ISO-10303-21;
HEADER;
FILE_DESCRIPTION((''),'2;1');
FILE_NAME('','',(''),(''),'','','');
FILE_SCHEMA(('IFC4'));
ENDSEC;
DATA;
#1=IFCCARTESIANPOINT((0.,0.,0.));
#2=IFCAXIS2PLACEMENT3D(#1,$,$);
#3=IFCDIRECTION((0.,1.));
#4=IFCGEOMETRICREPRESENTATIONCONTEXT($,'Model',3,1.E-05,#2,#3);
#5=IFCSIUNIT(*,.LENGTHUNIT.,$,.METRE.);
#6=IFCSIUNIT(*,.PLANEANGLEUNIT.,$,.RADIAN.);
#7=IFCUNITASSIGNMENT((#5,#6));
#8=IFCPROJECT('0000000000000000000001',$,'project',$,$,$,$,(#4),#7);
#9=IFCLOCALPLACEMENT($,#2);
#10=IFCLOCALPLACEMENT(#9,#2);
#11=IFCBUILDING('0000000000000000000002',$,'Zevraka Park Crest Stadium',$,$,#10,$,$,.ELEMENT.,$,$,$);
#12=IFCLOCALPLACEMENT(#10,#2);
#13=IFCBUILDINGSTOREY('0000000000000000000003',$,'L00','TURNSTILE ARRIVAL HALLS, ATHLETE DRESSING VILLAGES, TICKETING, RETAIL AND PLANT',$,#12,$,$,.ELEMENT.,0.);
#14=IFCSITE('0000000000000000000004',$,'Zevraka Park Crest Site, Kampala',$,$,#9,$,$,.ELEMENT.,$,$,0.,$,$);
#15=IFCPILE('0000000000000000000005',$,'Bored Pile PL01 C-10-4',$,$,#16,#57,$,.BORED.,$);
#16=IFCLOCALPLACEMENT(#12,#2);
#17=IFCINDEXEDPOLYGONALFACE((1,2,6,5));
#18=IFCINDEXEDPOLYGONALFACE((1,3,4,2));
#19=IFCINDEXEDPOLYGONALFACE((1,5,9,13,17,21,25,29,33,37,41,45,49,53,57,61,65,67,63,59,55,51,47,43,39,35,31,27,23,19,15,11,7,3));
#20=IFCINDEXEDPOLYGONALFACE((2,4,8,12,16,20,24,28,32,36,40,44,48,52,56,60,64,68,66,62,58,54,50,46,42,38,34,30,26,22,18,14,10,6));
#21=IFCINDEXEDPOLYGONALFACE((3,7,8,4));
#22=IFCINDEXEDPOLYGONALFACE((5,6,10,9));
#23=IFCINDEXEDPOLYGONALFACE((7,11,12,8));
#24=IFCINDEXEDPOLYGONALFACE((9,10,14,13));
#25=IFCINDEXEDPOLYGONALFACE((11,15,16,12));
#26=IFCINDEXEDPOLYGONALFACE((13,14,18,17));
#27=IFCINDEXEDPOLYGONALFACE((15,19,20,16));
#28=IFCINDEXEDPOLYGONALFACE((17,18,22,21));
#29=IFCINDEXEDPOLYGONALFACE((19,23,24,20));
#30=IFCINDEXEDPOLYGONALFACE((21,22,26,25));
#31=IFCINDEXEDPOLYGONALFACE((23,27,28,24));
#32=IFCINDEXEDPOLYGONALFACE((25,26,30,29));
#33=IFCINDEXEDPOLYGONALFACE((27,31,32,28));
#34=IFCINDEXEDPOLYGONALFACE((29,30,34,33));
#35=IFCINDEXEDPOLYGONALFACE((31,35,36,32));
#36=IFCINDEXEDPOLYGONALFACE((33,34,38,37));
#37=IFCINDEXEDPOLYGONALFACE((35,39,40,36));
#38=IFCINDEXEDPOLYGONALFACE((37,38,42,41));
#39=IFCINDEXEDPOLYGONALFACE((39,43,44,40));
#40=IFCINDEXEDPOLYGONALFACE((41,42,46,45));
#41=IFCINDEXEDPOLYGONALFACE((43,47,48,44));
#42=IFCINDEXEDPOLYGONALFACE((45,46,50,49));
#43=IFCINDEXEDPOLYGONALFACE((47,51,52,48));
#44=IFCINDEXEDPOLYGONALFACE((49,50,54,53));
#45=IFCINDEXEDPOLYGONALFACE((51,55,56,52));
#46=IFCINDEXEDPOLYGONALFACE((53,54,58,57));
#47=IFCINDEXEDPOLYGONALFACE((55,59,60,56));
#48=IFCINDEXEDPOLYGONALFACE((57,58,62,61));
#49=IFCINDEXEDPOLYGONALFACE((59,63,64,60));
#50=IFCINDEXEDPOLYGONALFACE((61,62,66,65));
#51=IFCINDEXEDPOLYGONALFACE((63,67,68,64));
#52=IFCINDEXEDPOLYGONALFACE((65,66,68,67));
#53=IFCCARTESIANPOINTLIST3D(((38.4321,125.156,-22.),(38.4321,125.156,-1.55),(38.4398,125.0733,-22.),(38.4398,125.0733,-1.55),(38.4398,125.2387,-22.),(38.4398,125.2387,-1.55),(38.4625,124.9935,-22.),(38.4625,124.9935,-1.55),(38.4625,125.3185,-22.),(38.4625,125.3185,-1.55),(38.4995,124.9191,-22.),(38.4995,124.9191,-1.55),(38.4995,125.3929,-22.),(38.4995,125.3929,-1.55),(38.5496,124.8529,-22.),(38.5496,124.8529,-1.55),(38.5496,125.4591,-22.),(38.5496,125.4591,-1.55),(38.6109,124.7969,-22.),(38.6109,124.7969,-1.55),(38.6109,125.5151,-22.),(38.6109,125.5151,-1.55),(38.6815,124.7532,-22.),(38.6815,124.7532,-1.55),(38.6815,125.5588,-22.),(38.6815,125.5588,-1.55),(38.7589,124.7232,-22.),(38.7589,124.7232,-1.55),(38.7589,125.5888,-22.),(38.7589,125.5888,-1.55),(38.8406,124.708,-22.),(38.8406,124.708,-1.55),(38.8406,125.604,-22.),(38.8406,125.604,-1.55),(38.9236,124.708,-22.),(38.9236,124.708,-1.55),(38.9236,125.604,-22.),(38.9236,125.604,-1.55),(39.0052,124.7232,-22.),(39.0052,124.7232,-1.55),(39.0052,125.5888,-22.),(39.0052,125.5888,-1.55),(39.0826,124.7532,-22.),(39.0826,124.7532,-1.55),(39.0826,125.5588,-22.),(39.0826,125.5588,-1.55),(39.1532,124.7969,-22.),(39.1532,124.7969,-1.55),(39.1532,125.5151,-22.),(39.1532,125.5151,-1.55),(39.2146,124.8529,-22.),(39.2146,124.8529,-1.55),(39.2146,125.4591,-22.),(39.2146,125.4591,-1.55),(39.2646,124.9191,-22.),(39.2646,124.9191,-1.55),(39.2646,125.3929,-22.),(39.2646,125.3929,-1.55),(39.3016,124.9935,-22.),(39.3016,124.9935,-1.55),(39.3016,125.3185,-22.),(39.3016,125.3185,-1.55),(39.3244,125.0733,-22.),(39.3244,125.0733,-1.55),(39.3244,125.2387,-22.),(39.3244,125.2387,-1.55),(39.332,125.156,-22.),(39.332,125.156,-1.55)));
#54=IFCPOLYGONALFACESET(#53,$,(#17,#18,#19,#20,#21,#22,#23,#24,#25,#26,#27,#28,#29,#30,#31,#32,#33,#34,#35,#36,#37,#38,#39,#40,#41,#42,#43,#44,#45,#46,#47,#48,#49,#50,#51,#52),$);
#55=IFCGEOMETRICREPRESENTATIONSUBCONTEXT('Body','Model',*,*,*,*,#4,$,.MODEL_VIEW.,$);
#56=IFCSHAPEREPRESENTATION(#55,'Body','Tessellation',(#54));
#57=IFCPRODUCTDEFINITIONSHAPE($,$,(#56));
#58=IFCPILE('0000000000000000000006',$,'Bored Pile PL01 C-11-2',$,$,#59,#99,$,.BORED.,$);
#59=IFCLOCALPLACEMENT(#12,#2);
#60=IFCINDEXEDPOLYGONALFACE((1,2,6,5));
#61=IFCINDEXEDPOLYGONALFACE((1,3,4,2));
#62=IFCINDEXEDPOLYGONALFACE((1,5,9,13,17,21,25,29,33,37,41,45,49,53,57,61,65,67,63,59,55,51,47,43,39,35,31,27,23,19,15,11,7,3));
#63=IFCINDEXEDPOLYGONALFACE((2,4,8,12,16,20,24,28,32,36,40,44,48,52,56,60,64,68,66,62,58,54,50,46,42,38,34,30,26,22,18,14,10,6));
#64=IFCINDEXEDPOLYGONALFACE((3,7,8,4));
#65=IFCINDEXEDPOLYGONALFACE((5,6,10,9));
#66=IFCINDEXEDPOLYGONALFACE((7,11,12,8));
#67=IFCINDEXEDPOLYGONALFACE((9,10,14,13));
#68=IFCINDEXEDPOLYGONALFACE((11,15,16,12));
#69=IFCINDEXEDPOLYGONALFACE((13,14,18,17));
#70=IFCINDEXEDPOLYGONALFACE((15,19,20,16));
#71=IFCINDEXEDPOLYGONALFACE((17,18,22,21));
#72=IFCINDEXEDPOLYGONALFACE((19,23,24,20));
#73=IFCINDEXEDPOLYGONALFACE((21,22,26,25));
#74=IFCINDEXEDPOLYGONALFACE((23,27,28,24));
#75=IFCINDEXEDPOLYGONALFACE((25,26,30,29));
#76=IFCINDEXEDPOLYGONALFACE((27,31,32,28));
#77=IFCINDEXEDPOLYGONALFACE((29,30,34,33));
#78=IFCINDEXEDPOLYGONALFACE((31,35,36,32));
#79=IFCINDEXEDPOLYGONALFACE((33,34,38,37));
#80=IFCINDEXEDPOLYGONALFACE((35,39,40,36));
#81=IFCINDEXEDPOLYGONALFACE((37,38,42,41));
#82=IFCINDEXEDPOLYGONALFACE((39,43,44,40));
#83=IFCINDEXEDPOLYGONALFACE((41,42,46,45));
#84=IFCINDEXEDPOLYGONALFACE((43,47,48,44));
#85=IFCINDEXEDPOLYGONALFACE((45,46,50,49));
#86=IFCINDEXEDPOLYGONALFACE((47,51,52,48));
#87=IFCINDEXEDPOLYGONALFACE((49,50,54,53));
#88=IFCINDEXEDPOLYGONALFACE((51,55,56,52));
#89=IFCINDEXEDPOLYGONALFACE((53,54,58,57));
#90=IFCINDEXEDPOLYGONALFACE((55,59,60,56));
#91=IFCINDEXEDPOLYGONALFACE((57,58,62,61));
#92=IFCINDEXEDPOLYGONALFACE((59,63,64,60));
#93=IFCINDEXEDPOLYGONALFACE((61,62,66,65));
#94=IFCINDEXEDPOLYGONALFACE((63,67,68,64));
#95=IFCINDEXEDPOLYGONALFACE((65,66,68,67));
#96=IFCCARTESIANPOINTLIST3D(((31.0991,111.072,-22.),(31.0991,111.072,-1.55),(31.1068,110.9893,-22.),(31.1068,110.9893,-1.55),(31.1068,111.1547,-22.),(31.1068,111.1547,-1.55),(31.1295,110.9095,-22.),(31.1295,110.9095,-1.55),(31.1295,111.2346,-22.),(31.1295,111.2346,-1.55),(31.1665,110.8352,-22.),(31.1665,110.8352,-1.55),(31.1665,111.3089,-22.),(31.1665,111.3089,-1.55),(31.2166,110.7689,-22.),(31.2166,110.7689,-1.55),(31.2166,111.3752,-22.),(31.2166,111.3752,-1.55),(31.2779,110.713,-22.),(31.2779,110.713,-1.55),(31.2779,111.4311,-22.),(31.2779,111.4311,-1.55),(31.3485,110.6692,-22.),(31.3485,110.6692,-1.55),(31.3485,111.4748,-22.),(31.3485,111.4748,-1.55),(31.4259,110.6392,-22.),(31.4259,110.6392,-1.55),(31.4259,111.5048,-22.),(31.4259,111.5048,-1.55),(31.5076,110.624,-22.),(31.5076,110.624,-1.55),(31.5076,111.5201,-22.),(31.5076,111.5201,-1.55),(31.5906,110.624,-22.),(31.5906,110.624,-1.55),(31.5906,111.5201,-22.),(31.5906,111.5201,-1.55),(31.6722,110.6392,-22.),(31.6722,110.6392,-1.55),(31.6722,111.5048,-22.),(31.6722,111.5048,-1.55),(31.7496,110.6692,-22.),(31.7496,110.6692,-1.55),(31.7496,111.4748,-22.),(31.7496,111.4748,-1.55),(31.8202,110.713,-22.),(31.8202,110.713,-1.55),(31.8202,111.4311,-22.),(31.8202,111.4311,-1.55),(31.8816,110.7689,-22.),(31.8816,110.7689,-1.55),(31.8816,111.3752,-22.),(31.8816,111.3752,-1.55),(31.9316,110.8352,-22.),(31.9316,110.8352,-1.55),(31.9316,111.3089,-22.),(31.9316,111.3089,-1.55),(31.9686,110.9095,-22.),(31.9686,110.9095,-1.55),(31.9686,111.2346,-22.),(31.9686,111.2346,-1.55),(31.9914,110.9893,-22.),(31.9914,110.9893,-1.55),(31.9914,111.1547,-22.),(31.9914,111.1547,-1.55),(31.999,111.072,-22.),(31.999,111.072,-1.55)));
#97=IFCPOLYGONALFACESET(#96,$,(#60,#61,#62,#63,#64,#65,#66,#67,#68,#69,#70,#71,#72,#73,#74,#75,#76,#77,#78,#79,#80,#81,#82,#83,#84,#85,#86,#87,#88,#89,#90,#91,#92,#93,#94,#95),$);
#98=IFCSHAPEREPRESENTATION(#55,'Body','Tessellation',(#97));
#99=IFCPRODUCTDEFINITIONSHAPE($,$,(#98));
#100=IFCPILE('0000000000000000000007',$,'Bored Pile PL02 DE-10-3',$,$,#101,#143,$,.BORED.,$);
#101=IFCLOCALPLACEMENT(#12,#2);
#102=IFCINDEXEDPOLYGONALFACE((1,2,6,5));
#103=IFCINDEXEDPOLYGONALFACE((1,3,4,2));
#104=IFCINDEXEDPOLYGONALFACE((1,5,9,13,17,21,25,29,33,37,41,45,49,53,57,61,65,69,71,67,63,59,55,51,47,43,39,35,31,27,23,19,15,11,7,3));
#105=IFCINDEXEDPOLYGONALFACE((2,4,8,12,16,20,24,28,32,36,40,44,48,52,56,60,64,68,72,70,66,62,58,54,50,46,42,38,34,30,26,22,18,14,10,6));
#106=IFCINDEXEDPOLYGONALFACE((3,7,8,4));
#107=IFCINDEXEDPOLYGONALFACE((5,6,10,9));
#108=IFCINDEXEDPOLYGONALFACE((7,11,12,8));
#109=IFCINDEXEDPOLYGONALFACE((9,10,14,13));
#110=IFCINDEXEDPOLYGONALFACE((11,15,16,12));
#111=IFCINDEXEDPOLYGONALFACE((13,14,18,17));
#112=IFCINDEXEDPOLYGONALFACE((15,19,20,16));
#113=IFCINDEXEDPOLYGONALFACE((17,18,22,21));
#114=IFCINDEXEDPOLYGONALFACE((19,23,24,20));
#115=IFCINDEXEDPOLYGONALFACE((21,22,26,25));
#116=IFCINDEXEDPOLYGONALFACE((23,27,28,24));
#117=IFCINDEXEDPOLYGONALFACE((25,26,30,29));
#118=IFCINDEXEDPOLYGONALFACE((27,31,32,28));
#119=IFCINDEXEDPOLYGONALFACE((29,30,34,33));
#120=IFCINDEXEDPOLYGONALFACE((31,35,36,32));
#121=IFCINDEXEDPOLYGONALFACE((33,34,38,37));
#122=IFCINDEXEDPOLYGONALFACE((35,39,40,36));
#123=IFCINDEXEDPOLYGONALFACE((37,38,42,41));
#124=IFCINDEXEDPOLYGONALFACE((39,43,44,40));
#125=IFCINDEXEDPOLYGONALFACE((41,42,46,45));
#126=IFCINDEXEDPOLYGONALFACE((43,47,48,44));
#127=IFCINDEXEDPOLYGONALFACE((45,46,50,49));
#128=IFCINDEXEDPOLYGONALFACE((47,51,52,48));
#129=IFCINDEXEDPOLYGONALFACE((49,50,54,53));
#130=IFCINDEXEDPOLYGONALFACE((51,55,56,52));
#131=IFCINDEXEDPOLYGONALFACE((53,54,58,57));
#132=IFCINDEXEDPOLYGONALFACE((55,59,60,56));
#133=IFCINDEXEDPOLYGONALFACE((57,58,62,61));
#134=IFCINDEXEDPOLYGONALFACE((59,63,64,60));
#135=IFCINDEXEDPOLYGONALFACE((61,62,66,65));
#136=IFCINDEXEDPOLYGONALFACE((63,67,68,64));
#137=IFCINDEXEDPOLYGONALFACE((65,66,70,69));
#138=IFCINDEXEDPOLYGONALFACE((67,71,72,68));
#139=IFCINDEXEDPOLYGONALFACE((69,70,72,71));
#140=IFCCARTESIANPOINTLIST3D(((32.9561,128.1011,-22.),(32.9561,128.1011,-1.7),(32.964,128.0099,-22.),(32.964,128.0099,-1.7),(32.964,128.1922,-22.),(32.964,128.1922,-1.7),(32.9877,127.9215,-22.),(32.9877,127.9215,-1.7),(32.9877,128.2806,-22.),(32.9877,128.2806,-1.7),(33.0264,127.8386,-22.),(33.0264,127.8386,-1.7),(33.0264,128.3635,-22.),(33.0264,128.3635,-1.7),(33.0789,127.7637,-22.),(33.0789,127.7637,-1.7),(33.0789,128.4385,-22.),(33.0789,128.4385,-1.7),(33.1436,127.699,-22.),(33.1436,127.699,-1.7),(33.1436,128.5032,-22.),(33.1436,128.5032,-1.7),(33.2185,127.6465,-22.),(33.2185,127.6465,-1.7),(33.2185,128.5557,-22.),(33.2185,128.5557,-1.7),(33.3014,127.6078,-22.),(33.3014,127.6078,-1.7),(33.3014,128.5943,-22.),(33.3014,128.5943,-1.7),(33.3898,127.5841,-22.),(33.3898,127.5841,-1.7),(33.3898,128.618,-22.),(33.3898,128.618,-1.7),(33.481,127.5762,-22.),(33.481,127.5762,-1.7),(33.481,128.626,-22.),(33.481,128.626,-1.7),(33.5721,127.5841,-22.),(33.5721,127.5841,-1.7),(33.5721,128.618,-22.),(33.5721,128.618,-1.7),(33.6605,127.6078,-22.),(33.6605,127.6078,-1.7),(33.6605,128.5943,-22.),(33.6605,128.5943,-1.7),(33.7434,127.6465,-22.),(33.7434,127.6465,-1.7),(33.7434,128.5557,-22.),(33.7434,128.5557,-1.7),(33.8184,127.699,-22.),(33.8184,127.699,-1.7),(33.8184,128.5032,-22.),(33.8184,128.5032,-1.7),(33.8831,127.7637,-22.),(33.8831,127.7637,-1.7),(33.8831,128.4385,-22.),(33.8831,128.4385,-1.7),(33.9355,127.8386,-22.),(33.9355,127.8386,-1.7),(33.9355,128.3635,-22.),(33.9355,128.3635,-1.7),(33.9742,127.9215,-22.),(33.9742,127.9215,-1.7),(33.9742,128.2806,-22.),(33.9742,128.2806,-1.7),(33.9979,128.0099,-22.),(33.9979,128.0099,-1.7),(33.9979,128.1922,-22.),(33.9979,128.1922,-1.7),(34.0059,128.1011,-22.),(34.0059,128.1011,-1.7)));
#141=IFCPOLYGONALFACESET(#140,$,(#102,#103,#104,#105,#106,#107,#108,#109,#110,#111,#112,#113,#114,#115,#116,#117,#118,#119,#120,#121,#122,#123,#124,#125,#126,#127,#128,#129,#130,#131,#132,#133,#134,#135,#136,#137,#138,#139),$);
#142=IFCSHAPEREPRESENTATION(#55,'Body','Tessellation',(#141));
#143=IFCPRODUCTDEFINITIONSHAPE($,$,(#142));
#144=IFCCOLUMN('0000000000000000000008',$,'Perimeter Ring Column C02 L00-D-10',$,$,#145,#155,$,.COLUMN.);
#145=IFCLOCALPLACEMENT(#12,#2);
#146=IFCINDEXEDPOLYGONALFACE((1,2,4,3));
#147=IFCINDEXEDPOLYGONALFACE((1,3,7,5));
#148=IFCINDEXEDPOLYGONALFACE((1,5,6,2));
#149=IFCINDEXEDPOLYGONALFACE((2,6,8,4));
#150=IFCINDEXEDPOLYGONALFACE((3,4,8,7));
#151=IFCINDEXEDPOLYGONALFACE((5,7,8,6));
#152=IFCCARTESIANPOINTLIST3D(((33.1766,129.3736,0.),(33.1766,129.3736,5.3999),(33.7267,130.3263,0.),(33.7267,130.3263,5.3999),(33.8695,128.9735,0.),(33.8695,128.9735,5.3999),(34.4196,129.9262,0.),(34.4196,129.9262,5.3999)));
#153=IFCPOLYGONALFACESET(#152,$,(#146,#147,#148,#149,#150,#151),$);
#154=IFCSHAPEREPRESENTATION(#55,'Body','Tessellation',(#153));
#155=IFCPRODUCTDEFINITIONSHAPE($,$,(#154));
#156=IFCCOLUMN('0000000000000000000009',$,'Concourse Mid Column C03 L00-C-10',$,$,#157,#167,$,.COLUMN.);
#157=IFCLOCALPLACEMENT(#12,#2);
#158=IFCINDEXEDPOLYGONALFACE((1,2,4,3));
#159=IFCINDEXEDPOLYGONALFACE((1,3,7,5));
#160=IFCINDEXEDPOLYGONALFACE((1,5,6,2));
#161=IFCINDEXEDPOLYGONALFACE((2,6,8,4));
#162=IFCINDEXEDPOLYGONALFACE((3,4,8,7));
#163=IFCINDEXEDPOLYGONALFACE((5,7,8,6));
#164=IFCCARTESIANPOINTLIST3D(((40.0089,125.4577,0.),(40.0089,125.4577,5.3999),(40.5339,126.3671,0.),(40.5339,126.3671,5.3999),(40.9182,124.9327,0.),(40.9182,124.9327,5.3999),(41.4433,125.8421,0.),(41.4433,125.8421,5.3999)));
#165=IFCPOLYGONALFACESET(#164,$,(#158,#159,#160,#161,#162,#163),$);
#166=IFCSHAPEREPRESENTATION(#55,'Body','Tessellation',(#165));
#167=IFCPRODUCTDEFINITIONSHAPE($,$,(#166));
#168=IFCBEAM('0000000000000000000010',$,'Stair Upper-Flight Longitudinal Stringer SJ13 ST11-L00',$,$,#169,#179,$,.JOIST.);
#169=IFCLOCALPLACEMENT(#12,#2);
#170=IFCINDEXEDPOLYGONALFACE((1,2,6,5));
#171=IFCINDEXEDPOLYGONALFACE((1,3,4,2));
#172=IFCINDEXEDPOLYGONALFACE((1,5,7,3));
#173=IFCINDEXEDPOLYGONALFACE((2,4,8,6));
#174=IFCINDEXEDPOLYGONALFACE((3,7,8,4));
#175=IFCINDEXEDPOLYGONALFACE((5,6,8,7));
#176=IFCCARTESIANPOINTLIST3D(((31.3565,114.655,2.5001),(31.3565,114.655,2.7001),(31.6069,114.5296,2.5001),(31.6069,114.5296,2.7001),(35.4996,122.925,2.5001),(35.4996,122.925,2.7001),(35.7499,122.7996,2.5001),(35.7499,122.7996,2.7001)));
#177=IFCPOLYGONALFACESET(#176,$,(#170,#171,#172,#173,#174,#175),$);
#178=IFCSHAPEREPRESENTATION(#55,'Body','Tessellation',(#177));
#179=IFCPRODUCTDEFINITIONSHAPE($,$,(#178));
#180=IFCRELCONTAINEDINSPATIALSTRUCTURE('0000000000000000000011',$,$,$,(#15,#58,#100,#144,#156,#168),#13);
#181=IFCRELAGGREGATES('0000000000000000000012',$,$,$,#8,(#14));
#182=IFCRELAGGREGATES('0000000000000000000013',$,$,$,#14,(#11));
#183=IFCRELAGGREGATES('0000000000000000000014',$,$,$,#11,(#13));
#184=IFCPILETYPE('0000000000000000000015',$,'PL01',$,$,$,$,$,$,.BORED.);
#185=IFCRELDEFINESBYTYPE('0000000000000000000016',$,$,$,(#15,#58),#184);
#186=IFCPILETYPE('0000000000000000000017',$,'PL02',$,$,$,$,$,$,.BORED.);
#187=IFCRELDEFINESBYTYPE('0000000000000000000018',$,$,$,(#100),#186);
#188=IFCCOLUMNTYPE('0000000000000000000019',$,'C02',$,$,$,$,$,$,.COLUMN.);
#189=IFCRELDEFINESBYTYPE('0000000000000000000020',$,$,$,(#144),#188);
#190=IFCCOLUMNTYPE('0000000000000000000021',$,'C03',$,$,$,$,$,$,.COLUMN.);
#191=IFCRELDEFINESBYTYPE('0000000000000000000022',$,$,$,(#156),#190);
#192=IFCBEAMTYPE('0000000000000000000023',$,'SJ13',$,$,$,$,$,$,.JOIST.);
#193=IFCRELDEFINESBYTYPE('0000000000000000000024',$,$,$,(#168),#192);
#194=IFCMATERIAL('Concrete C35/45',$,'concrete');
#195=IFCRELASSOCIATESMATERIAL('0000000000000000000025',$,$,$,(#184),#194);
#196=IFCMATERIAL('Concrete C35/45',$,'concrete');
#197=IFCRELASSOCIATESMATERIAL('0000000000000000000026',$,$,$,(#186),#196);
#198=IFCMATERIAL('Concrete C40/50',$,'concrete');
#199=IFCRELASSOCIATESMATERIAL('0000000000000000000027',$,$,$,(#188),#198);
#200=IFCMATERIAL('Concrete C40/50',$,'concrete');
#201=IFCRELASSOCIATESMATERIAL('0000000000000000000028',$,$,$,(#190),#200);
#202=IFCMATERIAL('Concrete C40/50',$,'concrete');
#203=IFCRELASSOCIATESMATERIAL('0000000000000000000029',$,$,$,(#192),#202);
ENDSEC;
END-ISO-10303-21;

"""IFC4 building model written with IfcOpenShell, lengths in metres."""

from ifc_helpers import new_model, si_unit, direction, frame, origin, origin_2d, place, context, subcontext, project, spatial, rectangle, circle, extrude, material, material_profile, profile_set, type_object, element, save


model = new_model("IFC4")

# Units and contexts
model_context = context("Model", 3, precision=1e-05, world=origin(), true_north=direction((0.0, 1.0)))
body_context = subcontext(model_context, "Body", "Model", "MODEL_VIEW")
ifc_project = project(units=[si_unit("LENGTHUNIT", "METRE"), si_unit("PLANEANGLEUNIT", "RADIAN")], contexts=[model_context])

# Site, building, storey
site_placement = place(None, origin())
site = spatial("IfcSite", under=ifc_project, at=site_placement, Name="Zevraka Park Crest Site, Kampala", CompositionType="ELEMENT", RefElevation=0.0)
building_placement = place(site_placement, origin())
building = spatial("IfcBuilding", under=site, at=building_placement, Name="Zevraka Park Crest Stadium", CompositionType="ELEMENT")
storey_placement = place(building_placement, origin())
storey = spatial("IfcBuildingStorey", under=building, at=storey_placement, Name="L00", Description="TURNSTILE ARRIVAL HALLS, ATHLETE DRESSING VILLAGES, TICKETING, RETAIL AND PLANT", CompositionType="ELEMENT", Elevation=0.0)

# Piles
ifc_material_1 = material(Name="Concrete C35/45", Category="concrete")
ifc_material_profile_1 = material_profile(ifc_material_1, circle(Radius=0.45, at=origin_2d()), Name="PILE D900")
ifc_profile_set_1 = profile_set([ifc_material_profile_1], Name="Concrete C35/45")
pile_type_1 = type_object("IfcPileType", Name="PL01", PredefinedType="BORED", material=ifc_profile_set_1)
for number, where, z_axis, x_axis, name in (
    (1, (38.8821, 125.156, -1.55), (0.0, 0.0, -1.0), (1.0, 0.0, 0.0), "Bored Pile PL01 C-10-4"),
    (2, (31.5491, 111.072, -1.55), (0.0, 0.0, -1.0), (1.0, 0.0, 0.0), "Bored Pile PL01 C-11-2"),
):
    element("IfcPile", number, at=place(storey_placement, frame(where, z_axis=z_axis, x_axis=x_axis)), inside=storey, type_object=pile_type_1, Name=name, PredefinedType="BORED", context=body_context, shape_type="SweptSolid", body=[
        extrude(circle(Radius=0.45, at=origin_2d()), origin(), (0.0, 0.0, 1.0), 20.45),
    ])
ifc_material_2 = material(Name="Concrete C35/45", Category="concrete")
ifc_material_profile_2 = material_profile(ifc_material_2, circle(Radius=0.5249, at=origin_2d()), Name="PILE D1050")
ifc_profile_set_2 = profile_set([ifc_material_profile_2], Name="Concrete C35/45")
pile_type_2 = type_object("IfcPileType", Name="PL02", PredefinedType="BORED", material=ifc_profile_set_2)
pile_placement = place(storey_placement, frame((33.481, 128.1011, -1.7), z_axis=(0.0, 0.0, -1.0), x_axis=(1.0, 0.0, 0.0)))
element("IfcPile", 3, at=pile_placement, inside=storey, type_object=pile_type_2, Name="Bored Pile PL02 DE-10-3", PredefinedType="BORED", context=body_context, shape_type="SweptSolid", body=[
    extrude(circle(Radius=0.5249, at=origin_2d()), origin(), (0.0, 0.0, 1.0), 20.3),
])

# Columns
ifc_material_3 = material(Name="Concrete C40/50", Category="concrete")
ifc_material_profile_3 = material_profile(ifc_material_3, rectangle(XDim=0.8, YDim=1.1001, at=origin_2d()), Name="RC 1100x800")
ifc_profile_set_3 = profile_set([ifc_material_profile_3], Name="Concrete C40/50")
column_type_1 = type_object("IfcColumnType", Name="C02", PredefinedType="COLUMN", material=ifc_profile_set_3)
column_1_placement = place(storey_placement, frame((33.7981, 129.6499, 0.0), z_axis=(0.0, 0.0, 1.0), x_axis=(-0.866025, 0.5, 0.0)))
element("IfcColumn", 4, at=column_1_placement, inside=storey, type_object=column_type_1, Name="Perimeter Ring Column C02 L00-D-10", PredefinedType="COLUMN", context=body_context, shape_type="SweptSolid", body=[
    extrude(rectangle(XDim=0.8, YDim=1.1001, at=origin_2d()), origin(), (0.0, 0.0, 1.0), 5.3999),
])
ifc_material_4 = material(Name="Concrete C40/50", Category="concrete")
ifc_material_profile_4 = material_profile(ifc_material_4, rectangle(XDim=1.05, YDim=1.05, at=origin_2d()), Name="RC 1050x1050")
ifc_profile_set_4 = profile_set([ifc_material_profile_4], Name="Concrete C40/50")
column_type_2 = type_object("IfcColumnType", Name="C03", PredefinedType="COLUMN", material=ifc_profile_set_4)
column_2_placement = place(storey_placement, frame((40.7261, 125.6499, 0.0), z_axis=(0.0, 0.0, 1.0), x_axis=(-0.866025, 0.5, 0.0)))
element("IfcColumn", 5, at=column_2_placement, inside=storey, type_object=column_type_2, Name="Concourse Mid Column C03 L00-C-10", PredefinedType="COLUMN", context=body_context, shape_type="SweptSolid", body=[
    extrude(rectangle(XDim=1.05, YDim=1.05, at=origin_2d()), origin(), (0.0, 0.0, 1.0), 5.3999),
])

# Beam
ifc_material_5 = material(Name="Concrete C40/50", Category="concrete")
ifc_material_profile_5 = material_profile(ifc_material_5, rectangle(XDim=0.28, YDim=0.2, at=origin_2d()), Name="RC 200x280")
ifc_profile_set_5 = profile_set([ifc_material_profile_5], Name="Concrete C40/50")
beam_type = type_object("IfcBeamType", Name="SJ13", PredefinedType="JOIST", material=ifc_profile_set_5)
beam_placement = place(storey_placement, frame((35.6248, 122.8623, 2.6001), z_axis=(-0.44791, -0.894079, 0.0), x_axis=(0.894079, -0.44791, 0.0)))
element("IfcBeam", 6, at=beam_placement, inside=storey, type_object=beam_type, Name="Stair Upper-Flight Longitudinal Stringer SJ13 ST11-L00", PredefinedType="JOIST", context=body_context, shape_type="SweptSolid", body=[
    extrude(rectangle(XDim=0.28, YDim=0.2, at=origin_2d()), origin(), (0.0, 0.0, 1.0), 9.2498),
])

save(model, "model.ifc")
